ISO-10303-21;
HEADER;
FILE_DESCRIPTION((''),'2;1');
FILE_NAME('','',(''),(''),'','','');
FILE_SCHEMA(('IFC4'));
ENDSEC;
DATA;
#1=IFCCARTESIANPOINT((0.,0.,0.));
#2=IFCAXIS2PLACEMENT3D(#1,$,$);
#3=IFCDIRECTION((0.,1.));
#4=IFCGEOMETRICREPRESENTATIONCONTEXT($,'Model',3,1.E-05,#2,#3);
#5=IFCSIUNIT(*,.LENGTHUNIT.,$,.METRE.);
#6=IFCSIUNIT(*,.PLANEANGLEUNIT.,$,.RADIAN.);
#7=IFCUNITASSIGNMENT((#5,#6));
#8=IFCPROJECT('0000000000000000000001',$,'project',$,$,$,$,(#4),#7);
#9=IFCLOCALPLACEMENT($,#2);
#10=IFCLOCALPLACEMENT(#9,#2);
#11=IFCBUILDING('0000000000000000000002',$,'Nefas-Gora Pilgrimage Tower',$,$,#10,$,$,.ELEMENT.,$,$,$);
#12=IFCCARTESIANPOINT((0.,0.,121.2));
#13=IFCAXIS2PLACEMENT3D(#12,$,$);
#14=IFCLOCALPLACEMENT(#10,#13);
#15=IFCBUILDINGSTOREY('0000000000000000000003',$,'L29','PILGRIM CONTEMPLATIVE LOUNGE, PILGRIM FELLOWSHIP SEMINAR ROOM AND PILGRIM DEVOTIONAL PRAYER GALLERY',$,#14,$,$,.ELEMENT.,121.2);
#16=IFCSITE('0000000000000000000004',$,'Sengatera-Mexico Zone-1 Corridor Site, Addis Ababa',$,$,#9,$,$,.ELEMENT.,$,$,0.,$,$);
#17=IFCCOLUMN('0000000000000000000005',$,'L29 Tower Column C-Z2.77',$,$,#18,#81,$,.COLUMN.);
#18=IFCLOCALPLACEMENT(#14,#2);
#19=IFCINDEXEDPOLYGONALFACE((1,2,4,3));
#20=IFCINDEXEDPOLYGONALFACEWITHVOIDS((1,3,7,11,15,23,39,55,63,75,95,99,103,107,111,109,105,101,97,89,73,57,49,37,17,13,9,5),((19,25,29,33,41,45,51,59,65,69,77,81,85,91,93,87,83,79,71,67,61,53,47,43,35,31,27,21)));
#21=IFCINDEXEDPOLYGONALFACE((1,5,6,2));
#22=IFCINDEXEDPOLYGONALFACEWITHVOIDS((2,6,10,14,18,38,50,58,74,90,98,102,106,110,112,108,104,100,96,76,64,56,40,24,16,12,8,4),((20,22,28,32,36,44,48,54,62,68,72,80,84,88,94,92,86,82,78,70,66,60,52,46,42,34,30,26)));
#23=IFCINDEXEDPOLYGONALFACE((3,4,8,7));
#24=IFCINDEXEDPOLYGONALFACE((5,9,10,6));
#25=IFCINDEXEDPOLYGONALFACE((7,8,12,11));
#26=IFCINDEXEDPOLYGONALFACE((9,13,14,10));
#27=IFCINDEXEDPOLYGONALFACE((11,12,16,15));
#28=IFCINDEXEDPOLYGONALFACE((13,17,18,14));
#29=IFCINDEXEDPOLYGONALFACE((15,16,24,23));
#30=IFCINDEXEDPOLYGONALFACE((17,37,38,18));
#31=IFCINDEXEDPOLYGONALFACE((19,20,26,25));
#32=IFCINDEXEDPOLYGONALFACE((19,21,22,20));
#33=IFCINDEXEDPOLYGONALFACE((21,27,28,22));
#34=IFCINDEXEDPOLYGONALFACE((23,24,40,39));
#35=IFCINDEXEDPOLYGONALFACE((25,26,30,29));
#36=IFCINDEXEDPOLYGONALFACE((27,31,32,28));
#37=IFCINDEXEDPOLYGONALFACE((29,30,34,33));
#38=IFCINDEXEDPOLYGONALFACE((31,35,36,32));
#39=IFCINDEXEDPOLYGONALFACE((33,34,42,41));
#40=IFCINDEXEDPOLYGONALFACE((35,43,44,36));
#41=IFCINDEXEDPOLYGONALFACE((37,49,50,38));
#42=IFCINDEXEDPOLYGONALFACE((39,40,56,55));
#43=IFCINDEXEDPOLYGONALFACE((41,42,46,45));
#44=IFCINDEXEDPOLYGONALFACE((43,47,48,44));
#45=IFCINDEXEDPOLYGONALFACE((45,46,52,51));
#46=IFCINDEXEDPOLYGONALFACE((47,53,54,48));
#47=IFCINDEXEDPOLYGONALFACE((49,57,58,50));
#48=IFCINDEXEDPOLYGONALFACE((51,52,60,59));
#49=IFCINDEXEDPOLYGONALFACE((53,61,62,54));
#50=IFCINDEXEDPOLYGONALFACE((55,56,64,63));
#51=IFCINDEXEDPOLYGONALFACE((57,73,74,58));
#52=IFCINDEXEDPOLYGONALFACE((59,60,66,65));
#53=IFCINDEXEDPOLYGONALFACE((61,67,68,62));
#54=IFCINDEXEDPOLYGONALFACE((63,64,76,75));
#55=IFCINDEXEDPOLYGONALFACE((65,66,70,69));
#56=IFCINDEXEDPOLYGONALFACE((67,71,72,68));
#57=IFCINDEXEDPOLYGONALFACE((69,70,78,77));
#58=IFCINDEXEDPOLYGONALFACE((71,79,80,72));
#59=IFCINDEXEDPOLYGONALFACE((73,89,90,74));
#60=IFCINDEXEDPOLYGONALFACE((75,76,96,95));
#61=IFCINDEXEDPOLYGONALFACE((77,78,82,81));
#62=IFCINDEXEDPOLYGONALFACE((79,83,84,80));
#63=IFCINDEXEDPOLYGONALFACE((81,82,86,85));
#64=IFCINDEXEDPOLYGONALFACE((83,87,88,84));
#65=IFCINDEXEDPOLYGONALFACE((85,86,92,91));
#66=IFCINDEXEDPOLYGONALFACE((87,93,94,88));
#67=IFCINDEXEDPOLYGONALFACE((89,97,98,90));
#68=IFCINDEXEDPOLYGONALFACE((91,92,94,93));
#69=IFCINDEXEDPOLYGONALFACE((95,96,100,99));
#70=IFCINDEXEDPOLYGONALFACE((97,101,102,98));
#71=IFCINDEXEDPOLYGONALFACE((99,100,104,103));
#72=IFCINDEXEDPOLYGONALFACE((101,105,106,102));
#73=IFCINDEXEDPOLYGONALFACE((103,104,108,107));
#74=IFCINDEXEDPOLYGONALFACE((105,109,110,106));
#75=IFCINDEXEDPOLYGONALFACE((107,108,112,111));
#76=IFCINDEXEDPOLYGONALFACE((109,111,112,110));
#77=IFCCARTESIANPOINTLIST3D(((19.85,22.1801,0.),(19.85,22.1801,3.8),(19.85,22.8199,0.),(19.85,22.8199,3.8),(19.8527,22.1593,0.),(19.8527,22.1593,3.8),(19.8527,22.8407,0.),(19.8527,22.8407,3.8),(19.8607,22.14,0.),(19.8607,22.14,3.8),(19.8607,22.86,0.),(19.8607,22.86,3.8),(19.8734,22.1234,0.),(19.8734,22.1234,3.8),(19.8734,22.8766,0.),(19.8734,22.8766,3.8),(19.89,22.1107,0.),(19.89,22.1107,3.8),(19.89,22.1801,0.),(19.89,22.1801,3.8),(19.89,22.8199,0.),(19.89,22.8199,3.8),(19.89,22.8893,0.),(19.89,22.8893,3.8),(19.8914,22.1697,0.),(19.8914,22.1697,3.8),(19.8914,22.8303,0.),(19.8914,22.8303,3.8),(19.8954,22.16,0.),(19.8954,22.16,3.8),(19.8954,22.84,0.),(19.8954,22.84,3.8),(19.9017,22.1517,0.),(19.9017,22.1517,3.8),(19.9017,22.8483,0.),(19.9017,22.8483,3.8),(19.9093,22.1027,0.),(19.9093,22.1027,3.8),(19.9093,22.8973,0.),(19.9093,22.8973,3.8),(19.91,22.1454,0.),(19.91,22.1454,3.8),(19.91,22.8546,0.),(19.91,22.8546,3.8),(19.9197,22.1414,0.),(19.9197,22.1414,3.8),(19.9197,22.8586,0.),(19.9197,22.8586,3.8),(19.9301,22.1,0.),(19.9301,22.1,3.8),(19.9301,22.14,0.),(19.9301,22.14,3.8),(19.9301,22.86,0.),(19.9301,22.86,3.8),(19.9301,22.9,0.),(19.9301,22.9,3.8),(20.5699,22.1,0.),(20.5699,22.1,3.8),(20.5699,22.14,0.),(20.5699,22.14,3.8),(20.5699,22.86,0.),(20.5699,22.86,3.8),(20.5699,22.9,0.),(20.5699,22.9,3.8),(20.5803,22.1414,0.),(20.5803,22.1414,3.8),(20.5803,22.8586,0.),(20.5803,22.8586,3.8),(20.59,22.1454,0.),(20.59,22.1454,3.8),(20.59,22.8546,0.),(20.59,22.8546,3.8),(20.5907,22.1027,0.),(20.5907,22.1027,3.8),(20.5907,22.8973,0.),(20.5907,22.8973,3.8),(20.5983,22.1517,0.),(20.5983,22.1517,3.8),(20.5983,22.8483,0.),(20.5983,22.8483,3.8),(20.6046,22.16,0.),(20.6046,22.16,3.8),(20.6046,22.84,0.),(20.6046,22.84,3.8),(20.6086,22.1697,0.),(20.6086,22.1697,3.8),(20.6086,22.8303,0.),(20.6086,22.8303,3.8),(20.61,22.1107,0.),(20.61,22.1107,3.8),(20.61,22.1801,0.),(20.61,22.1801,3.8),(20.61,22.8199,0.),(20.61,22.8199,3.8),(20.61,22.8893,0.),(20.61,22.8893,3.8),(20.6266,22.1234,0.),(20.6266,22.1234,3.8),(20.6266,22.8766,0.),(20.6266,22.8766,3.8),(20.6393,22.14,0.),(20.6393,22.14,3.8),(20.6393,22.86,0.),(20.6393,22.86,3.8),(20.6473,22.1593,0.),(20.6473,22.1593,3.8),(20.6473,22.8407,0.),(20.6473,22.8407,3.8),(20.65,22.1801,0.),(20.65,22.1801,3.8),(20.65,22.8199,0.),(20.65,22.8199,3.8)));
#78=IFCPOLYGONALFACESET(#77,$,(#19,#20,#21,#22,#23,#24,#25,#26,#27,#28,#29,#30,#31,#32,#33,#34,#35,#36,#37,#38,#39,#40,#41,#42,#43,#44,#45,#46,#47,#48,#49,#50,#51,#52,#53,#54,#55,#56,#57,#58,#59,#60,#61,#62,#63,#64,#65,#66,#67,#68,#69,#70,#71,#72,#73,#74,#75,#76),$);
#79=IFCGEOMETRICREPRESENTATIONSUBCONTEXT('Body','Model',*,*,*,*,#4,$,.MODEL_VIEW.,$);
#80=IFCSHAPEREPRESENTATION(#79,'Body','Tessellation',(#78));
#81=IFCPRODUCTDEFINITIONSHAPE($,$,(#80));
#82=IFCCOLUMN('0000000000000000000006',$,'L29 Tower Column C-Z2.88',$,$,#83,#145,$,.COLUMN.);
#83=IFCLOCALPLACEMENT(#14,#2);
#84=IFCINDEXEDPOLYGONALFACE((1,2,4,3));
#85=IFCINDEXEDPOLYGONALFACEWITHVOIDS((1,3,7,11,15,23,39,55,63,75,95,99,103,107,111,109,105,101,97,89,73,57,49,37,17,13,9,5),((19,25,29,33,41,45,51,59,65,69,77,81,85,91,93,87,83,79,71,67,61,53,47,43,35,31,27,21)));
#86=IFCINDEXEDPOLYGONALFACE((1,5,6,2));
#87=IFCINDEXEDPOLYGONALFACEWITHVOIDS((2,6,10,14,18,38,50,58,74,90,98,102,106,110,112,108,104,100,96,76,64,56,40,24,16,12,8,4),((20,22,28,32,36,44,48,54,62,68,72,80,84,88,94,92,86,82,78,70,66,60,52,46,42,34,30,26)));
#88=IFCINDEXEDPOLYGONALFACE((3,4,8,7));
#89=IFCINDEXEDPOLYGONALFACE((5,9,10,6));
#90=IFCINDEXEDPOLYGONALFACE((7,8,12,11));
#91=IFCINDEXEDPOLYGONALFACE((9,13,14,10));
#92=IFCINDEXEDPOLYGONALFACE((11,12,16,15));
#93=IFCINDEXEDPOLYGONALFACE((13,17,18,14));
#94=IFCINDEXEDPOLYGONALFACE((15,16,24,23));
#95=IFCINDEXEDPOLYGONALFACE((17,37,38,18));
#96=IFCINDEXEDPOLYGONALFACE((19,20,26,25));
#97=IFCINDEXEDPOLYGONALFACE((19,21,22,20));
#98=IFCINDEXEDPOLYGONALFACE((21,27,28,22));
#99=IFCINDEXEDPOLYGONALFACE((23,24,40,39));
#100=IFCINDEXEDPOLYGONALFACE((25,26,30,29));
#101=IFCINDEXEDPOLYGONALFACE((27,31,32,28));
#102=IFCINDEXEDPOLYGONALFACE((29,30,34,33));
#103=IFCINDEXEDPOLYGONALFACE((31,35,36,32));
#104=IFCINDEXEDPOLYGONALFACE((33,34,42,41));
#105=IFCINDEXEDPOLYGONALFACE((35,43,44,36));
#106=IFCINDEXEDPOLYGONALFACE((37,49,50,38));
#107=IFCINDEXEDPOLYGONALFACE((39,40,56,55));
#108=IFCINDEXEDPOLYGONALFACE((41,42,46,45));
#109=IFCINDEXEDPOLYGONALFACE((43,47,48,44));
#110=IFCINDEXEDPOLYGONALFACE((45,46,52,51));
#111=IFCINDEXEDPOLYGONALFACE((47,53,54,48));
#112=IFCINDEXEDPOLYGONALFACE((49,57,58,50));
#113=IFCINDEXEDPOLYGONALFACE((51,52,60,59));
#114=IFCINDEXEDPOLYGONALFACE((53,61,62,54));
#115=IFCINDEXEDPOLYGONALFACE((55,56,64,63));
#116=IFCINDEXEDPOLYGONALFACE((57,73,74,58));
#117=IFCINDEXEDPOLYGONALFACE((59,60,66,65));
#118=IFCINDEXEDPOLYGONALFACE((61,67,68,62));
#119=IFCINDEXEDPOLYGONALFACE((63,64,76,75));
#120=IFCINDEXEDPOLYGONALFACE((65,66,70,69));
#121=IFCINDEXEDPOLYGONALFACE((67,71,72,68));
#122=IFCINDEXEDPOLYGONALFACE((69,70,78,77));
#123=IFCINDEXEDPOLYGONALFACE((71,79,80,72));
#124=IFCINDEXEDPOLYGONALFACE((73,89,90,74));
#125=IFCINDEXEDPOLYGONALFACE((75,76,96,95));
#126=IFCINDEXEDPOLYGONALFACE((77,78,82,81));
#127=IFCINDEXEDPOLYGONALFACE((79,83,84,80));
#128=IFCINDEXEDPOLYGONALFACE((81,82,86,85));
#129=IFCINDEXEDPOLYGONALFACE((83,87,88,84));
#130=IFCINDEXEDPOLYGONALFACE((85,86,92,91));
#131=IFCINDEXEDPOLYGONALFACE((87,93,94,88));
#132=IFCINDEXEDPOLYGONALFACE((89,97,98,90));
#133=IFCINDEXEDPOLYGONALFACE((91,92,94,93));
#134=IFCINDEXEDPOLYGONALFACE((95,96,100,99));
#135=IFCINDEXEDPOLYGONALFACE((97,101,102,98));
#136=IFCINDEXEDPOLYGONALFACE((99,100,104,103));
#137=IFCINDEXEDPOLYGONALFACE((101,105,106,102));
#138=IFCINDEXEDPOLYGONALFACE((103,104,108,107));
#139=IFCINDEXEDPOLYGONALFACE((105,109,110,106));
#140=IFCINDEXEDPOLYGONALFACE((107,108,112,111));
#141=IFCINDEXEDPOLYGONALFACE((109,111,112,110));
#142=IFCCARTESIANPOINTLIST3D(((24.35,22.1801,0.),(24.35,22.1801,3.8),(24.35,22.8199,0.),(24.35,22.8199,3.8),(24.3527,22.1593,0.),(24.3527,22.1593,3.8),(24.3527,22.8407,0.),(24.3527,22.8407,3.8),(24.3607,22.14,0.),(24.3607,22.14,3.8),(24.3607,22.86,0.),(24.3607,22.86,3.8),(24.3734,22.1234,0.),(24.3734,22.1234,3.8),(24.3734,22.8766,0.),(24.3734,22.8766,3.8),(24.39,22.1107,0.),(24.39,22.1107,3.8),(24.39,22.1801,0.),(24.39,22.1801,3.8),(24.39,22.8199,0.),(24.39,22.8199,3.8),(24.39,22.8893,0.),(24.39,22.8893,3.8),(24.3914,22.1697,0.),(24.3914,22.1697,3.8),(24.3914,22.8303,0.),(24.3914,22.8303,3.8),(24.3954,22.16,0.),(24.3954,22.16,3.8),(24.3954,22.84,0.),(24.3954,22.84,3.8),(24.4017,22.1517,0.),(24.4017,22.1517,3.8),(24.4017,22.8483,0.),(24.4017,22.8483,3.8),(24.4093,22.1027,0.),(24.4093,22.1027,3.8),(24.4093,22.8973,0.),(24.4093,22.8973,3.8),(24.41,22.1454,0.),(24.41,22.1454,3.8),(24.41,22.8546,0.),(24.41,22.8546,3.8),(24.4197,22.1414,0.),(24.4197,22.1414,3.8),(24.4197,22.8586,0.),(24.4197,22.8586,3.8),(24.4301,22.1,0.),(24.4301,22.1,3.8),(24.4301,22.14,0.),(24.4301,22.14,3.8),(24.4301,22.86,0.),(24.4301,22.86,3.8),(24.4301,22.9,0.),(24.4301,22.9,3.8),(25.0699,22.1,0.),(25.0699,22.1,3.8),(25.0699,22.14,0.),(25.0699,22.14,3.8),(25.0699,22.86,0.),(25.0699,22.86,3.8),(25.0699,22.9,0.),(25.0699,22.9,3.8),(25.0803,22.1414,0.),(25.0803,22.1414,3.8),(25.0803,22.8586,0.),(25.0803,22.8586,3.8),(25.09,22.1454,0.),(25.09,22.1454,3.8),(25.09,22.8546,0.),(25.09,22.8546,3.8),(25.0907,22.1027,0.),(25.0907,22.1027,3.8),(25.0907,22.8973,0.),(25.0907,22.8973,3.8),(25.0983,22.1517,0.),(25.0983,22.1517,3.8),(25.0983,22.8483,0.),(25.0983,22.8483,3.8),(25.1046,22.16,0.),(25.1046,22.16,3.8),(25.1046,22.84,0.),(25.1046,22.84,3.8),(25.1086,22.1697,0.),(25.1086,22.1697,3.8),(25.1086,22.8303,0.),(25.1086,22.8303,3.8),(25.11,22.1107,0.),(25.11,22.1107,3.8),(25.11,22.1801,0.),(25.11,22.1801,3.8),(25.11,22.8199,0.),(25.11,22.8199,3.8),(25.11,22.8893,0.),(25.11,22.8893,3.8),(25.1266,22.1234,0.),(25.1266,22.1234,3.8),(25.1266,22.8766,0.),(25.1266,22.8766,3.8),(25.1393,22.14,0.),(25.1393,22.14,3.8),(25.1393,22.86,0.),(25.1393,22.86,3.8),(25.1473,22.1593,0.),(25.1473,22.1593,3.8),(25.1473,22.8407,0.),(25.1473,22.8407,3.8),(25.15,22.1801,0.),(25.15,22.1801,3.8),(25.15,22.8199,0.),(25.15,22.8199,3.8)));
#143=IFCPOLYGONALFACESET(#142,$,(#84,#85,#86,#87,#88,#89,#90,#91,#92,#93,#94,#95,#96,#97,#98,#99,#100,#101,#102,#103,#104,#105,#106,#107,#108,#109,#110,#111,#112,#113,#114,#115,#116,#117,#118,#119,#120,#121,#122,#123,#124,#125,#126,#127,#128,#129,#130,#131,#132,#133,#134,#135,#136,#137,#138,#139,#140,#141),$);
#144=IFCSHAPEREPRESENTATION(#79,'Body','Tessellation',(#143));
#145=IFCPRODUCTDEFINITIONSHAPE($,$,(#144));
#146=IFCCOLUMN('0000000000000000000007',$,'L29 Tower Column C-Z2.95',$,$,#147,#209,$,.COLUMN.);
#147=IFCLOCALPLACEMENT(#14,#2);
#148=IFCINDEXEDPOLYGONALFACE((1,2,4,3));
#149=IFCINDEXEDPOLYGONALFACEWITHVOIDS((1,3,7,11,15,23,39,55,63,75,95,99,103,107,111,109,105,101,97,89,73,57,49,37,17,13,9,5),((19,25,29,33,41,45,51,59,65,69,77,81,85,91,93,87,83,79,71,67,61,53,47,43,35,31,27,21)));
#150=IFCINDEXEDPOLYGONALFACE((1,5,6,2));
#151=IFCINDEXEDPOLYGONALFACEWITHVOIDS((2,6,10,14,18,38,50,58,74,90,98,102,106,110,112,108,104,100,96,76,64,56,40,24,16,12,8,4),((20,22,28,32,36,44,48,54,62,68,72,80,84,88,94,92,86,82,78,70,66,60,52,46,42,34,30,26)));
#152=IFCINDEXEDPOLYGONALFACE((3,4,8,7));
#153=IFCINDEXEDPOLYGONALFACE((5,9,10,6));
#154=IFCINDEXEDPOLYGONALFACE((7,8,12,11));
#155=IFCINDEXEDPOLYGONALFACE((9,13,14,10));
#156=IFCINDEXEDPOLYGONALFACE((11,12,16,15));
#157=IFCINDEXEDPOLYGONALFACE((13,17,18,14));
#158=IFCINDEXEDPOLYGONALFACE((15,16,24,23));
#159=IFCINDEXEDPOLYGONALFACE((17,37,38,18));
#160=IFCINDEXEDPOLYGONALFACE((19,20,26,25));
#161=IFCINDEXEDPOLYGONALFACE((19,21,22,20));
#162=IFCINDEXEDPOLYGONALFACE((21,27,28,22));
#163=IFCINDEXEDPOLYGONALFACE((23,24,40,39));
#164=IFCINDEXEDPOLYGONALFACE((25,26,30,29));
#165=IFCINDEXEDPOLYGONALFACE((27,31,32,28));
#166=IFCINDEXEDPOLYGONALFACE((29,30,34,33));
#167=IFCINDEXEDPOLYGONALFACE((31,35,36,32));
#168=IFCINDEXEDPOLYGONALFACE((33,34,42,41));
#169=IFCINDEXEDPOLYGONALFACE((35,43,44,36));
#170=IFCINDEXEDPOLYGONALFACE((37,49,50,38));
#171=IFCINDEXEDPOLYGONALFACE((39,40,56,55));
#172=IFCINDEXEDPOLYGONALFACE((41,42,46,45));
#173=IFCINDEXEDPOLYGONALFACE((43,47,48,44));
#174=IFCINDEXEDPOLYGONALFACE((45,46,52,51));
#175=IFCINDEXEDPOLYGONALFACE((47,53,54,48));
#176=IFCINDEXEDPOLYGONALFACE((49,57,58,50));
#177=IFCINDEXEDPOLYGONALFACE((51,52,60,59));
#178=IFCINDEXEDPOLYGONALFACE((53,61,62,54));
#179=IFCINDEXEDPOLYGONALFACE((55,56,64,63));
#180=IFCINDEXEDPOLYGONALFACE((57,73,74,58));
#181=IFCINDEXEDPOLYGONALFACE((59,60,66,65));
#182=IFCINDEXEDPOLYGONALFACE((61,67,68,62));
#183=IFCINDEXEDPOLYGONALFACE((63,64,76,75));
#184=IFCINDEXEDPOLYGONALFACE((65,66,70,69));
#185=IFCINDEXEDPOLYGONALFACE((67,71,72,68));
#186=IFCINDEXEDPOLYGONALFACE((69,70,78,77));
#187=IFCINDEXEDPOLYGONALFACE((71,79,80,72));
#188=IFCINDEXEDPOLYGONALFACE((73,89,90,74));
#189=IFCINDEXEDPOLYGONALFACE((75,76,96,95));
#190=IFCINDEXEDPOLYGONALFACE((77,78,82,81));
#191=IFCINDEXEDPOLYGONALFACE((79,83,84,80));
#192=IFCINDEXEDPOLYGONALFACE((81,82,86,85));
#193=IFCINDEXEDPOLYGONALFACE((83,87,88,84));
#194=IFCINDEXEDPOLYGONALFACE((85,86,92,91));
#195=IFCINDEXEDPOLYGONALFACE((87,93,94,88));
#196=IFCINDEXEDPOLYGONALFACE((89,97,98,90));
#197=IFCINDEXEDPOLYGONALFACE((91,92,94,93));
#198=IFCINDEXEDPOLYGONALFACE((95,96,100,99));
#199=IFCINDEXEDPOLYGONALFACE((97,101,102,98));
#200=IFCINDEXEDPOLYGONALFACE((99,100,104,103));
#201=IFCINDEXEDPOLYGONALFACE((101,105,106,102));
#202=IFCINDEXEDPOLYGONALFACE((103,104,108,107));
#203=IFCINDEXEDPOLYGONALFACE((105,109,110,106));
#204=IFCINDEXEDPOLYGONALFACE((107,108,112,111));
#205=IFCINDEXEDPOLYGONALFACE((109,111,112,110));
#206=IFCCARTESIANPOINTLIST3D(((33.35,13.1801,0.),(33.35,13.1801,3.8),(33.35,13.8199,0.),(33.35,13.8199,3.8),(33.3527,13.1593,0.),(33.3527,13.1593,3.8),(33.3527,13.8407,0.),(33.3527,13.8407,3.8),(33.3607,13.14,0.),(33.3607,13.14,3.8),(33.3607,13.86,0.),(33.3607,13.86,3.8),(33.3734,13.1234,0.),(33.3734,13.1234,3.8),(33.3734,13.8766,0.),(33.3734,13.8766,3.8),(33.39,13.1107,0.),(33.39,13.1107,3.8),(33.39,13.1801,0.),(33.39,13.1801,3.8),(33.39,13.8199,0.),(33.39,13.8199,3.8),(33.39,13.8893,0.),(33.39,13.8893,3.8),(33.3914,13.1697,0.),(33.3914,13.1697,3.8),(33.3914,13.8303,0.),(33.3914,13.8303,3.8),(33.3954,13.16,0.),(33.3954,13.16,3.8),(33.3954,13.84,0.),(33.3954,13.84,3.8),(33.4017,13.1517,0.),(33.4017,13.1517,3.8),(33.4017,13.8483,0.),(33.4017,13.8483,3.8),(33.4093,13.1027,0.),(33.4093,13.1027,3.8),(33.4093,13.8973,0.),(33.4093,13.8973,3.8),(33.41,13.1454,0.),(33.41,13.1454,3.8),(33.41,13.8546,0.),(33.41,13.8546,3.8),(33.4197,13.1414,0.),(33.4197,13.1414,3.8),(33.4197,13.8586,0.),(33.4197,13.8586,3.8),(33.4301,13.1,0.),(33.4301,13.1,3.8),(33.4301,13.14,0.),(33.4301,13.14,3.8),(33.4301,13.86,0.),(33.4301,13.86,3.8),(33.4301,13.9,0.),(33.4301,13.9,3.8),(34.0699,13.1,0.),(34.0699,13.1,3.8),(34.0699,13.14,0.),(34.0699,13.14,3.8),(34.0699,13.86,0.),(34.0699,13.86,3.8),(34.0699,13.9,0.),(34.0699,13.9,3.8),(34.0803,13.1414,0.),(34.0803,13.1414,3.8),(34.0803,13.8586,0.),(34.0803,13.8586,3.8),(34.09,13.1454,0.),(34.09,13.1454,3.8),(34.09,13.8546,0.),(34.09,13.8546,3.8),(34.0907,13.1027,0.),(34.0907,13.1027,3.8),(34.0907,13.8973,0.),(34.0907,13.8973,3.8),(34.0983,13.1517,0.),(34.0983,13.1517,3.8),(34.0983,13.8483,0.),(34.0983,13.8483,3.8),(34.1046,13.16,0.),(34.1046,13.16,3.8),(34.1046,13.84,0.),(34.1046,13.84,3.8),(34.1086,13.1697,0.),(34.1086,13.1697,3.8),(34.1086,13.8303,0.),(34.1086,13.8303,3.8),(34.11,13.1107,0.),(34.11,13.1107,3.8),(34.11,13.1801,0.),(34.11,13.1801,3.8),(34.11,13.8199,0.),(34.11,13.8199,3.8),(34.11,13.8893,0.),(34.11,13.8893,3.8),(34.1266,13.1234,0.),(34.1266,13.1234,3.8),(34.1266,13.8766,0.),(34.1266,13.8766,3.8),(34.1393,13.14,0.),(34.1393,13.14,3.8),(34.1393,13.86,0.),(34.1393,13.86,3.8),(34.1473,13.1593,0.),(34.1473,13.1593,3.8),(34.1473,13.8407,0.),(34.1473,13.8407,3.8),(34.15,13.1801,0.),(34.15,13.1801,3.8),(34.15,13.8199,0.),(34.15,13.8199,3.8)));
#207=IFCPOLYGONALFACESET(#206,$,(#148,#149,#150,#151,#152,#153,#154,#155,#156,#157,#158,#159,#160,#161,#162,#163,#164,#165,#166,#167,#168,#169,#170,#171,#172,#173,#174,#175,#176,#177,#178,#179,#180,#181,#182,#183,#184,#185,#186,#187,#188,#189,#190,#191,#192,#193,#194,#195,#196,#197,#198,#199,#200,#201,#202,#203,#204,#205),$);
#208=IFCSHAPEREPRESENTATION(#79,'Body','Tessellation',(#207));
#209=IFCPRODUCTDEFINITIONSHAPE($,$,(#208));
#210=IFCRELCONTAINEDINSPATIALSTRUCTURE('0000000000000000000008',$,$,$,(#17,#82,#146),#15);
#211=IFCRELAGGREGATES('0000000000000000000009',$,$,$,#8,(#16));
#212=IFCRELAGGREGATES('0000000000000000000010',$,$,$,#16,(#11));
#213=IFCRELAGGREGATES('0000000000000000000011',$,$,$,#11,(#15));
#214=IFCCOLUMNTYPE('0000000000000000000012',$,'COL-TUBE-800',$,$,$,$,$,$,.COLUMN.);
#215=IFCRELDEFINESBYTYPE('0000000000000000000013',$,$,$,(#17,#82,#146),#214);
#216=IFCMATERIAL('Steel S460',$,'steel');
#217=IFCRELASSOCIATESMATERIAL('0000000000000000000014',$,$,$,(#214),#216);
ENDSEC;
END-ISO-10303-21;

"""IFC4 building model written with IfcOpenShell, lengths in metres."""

from ifc_helpers import new_model, si_unit, direction, frame, origin, origin_2d, place, context, subcontext, project, spatial, hollow_rectangle, extrude, source, transform, mapped, material, material_profile, profile_set, type_object, element, save


model = new_model("IFC4")

# Units and contexts
model_context = context("Model", 3, precision=1e-05, world=origin(), true_north=direction((0.0, 1.0)))
body_context = subcontext(model_context, "Body", "Model", "MODEL_VIEW")
ifc_project = project(units=[si_unit("LENGTHUNIT", "METRE"), si_unit("PLANEANGLEUNIT", "RADIAN")], contexts=[model_context])

# Site, building, storey
site_placement = place(None, origin())
site = spatial("IfcSite", under=ifc_project, at=site_placement, Name="Sengatera-Mexico Zone-1 Corridor Site, Addis Ababa", CompositionType="ELEMENT", RefElevation=0.0)
building_placement = place(site_placement, origin())
building = spatial("IfcBuilding", under=site, at=building_placement, Name="Nefas-Gora Pilgrimage Tower", CompositionType="ELEMENT")
storey_placement = place(building_placement, frame((0.0, 0.0, 121.2)))
storey = spatial("IfcBuildingStorey", under=building, at=storey_placement, Name="L29", Description="PILGRIM CONTEMPLATIVE LOUNGE, PILGRIM FELLOWSHIP SEMINAR ROOM AND PILGRIM DEVOTIONAL PRAYER GALLERY", CompositionType="ELEMENT", Elevation=121.2)

# Columns
ifc_material_1 = material(Name="Steel S460", Category="steel")
ifc_material_profile_1 = material_profile(ifc_material_1, hollow_rectangle(XDim=0.8, YDim=0.8, WallThickness=0.04, InnerFilletRadius=0.04, OuterFilletRadius=0.0801, at=origin_2d()), Name="BOX 800x800x40")
ifc_profile_set_1 = profile_set([ifc_material_profile_1], Name="Steel S460")
column_type_1 = type_object("IfcColumnType", Name="COL-TUBE-800", PredefinedType="COLUMN", material=ifc_profile_set_1)
shared_shape_1 = source(origin(), body_context, "Body", "SweptSolid", [
    extrude(hollow_rectangle(XDim=0.8, YDim=0.8, WallThickness=0.04, InnerFilletRadius=0.04, OuterFilletRadius=0.0801, at=origin_2d()), origin(), (0.0, 0.0, 1.0), 3.8),
])
for number, where, z_axis, x_axis, name in (
    (1, (20.25, 22.5, 0.0), (0.0, 0.0, 1.0), (1.0, 0.0, 0.0), "L29 Tower Column C-Z2.77"),
    (2, (24.75, 22.5, 0.0), (0.0, 0.0, 1.0), (1.0, 0.0, 0.0), "L29 Tower Column C-Z2.88"),
    (3, (33.75, 13.5, 0.0), (0.0, 0.0, 1.0), (1.0, 0.0, 0.0), "L29 Tower Column C-Z2.95"),
):
    element("IfcColumn", number, at=place(storey_placement, frame(where, z_axis=z_axis, x_axis=x_axis)), inside=storey, type_object=column_type_1, Name=name, PredefinedType="COLUMN", context=body_context, shape_type="MappedRepresentation", body=[
        mapped(shared_shape_1, transform((0.0, 0.0, 0.0), x_axis=(1.0, 0.0, 0.0), y_axis=(0.0, 1.0, 0.0), z_axis=(0.0, 0.0, 1.0), scale=1.0)),
    ])

save(model, "model.ifc")
